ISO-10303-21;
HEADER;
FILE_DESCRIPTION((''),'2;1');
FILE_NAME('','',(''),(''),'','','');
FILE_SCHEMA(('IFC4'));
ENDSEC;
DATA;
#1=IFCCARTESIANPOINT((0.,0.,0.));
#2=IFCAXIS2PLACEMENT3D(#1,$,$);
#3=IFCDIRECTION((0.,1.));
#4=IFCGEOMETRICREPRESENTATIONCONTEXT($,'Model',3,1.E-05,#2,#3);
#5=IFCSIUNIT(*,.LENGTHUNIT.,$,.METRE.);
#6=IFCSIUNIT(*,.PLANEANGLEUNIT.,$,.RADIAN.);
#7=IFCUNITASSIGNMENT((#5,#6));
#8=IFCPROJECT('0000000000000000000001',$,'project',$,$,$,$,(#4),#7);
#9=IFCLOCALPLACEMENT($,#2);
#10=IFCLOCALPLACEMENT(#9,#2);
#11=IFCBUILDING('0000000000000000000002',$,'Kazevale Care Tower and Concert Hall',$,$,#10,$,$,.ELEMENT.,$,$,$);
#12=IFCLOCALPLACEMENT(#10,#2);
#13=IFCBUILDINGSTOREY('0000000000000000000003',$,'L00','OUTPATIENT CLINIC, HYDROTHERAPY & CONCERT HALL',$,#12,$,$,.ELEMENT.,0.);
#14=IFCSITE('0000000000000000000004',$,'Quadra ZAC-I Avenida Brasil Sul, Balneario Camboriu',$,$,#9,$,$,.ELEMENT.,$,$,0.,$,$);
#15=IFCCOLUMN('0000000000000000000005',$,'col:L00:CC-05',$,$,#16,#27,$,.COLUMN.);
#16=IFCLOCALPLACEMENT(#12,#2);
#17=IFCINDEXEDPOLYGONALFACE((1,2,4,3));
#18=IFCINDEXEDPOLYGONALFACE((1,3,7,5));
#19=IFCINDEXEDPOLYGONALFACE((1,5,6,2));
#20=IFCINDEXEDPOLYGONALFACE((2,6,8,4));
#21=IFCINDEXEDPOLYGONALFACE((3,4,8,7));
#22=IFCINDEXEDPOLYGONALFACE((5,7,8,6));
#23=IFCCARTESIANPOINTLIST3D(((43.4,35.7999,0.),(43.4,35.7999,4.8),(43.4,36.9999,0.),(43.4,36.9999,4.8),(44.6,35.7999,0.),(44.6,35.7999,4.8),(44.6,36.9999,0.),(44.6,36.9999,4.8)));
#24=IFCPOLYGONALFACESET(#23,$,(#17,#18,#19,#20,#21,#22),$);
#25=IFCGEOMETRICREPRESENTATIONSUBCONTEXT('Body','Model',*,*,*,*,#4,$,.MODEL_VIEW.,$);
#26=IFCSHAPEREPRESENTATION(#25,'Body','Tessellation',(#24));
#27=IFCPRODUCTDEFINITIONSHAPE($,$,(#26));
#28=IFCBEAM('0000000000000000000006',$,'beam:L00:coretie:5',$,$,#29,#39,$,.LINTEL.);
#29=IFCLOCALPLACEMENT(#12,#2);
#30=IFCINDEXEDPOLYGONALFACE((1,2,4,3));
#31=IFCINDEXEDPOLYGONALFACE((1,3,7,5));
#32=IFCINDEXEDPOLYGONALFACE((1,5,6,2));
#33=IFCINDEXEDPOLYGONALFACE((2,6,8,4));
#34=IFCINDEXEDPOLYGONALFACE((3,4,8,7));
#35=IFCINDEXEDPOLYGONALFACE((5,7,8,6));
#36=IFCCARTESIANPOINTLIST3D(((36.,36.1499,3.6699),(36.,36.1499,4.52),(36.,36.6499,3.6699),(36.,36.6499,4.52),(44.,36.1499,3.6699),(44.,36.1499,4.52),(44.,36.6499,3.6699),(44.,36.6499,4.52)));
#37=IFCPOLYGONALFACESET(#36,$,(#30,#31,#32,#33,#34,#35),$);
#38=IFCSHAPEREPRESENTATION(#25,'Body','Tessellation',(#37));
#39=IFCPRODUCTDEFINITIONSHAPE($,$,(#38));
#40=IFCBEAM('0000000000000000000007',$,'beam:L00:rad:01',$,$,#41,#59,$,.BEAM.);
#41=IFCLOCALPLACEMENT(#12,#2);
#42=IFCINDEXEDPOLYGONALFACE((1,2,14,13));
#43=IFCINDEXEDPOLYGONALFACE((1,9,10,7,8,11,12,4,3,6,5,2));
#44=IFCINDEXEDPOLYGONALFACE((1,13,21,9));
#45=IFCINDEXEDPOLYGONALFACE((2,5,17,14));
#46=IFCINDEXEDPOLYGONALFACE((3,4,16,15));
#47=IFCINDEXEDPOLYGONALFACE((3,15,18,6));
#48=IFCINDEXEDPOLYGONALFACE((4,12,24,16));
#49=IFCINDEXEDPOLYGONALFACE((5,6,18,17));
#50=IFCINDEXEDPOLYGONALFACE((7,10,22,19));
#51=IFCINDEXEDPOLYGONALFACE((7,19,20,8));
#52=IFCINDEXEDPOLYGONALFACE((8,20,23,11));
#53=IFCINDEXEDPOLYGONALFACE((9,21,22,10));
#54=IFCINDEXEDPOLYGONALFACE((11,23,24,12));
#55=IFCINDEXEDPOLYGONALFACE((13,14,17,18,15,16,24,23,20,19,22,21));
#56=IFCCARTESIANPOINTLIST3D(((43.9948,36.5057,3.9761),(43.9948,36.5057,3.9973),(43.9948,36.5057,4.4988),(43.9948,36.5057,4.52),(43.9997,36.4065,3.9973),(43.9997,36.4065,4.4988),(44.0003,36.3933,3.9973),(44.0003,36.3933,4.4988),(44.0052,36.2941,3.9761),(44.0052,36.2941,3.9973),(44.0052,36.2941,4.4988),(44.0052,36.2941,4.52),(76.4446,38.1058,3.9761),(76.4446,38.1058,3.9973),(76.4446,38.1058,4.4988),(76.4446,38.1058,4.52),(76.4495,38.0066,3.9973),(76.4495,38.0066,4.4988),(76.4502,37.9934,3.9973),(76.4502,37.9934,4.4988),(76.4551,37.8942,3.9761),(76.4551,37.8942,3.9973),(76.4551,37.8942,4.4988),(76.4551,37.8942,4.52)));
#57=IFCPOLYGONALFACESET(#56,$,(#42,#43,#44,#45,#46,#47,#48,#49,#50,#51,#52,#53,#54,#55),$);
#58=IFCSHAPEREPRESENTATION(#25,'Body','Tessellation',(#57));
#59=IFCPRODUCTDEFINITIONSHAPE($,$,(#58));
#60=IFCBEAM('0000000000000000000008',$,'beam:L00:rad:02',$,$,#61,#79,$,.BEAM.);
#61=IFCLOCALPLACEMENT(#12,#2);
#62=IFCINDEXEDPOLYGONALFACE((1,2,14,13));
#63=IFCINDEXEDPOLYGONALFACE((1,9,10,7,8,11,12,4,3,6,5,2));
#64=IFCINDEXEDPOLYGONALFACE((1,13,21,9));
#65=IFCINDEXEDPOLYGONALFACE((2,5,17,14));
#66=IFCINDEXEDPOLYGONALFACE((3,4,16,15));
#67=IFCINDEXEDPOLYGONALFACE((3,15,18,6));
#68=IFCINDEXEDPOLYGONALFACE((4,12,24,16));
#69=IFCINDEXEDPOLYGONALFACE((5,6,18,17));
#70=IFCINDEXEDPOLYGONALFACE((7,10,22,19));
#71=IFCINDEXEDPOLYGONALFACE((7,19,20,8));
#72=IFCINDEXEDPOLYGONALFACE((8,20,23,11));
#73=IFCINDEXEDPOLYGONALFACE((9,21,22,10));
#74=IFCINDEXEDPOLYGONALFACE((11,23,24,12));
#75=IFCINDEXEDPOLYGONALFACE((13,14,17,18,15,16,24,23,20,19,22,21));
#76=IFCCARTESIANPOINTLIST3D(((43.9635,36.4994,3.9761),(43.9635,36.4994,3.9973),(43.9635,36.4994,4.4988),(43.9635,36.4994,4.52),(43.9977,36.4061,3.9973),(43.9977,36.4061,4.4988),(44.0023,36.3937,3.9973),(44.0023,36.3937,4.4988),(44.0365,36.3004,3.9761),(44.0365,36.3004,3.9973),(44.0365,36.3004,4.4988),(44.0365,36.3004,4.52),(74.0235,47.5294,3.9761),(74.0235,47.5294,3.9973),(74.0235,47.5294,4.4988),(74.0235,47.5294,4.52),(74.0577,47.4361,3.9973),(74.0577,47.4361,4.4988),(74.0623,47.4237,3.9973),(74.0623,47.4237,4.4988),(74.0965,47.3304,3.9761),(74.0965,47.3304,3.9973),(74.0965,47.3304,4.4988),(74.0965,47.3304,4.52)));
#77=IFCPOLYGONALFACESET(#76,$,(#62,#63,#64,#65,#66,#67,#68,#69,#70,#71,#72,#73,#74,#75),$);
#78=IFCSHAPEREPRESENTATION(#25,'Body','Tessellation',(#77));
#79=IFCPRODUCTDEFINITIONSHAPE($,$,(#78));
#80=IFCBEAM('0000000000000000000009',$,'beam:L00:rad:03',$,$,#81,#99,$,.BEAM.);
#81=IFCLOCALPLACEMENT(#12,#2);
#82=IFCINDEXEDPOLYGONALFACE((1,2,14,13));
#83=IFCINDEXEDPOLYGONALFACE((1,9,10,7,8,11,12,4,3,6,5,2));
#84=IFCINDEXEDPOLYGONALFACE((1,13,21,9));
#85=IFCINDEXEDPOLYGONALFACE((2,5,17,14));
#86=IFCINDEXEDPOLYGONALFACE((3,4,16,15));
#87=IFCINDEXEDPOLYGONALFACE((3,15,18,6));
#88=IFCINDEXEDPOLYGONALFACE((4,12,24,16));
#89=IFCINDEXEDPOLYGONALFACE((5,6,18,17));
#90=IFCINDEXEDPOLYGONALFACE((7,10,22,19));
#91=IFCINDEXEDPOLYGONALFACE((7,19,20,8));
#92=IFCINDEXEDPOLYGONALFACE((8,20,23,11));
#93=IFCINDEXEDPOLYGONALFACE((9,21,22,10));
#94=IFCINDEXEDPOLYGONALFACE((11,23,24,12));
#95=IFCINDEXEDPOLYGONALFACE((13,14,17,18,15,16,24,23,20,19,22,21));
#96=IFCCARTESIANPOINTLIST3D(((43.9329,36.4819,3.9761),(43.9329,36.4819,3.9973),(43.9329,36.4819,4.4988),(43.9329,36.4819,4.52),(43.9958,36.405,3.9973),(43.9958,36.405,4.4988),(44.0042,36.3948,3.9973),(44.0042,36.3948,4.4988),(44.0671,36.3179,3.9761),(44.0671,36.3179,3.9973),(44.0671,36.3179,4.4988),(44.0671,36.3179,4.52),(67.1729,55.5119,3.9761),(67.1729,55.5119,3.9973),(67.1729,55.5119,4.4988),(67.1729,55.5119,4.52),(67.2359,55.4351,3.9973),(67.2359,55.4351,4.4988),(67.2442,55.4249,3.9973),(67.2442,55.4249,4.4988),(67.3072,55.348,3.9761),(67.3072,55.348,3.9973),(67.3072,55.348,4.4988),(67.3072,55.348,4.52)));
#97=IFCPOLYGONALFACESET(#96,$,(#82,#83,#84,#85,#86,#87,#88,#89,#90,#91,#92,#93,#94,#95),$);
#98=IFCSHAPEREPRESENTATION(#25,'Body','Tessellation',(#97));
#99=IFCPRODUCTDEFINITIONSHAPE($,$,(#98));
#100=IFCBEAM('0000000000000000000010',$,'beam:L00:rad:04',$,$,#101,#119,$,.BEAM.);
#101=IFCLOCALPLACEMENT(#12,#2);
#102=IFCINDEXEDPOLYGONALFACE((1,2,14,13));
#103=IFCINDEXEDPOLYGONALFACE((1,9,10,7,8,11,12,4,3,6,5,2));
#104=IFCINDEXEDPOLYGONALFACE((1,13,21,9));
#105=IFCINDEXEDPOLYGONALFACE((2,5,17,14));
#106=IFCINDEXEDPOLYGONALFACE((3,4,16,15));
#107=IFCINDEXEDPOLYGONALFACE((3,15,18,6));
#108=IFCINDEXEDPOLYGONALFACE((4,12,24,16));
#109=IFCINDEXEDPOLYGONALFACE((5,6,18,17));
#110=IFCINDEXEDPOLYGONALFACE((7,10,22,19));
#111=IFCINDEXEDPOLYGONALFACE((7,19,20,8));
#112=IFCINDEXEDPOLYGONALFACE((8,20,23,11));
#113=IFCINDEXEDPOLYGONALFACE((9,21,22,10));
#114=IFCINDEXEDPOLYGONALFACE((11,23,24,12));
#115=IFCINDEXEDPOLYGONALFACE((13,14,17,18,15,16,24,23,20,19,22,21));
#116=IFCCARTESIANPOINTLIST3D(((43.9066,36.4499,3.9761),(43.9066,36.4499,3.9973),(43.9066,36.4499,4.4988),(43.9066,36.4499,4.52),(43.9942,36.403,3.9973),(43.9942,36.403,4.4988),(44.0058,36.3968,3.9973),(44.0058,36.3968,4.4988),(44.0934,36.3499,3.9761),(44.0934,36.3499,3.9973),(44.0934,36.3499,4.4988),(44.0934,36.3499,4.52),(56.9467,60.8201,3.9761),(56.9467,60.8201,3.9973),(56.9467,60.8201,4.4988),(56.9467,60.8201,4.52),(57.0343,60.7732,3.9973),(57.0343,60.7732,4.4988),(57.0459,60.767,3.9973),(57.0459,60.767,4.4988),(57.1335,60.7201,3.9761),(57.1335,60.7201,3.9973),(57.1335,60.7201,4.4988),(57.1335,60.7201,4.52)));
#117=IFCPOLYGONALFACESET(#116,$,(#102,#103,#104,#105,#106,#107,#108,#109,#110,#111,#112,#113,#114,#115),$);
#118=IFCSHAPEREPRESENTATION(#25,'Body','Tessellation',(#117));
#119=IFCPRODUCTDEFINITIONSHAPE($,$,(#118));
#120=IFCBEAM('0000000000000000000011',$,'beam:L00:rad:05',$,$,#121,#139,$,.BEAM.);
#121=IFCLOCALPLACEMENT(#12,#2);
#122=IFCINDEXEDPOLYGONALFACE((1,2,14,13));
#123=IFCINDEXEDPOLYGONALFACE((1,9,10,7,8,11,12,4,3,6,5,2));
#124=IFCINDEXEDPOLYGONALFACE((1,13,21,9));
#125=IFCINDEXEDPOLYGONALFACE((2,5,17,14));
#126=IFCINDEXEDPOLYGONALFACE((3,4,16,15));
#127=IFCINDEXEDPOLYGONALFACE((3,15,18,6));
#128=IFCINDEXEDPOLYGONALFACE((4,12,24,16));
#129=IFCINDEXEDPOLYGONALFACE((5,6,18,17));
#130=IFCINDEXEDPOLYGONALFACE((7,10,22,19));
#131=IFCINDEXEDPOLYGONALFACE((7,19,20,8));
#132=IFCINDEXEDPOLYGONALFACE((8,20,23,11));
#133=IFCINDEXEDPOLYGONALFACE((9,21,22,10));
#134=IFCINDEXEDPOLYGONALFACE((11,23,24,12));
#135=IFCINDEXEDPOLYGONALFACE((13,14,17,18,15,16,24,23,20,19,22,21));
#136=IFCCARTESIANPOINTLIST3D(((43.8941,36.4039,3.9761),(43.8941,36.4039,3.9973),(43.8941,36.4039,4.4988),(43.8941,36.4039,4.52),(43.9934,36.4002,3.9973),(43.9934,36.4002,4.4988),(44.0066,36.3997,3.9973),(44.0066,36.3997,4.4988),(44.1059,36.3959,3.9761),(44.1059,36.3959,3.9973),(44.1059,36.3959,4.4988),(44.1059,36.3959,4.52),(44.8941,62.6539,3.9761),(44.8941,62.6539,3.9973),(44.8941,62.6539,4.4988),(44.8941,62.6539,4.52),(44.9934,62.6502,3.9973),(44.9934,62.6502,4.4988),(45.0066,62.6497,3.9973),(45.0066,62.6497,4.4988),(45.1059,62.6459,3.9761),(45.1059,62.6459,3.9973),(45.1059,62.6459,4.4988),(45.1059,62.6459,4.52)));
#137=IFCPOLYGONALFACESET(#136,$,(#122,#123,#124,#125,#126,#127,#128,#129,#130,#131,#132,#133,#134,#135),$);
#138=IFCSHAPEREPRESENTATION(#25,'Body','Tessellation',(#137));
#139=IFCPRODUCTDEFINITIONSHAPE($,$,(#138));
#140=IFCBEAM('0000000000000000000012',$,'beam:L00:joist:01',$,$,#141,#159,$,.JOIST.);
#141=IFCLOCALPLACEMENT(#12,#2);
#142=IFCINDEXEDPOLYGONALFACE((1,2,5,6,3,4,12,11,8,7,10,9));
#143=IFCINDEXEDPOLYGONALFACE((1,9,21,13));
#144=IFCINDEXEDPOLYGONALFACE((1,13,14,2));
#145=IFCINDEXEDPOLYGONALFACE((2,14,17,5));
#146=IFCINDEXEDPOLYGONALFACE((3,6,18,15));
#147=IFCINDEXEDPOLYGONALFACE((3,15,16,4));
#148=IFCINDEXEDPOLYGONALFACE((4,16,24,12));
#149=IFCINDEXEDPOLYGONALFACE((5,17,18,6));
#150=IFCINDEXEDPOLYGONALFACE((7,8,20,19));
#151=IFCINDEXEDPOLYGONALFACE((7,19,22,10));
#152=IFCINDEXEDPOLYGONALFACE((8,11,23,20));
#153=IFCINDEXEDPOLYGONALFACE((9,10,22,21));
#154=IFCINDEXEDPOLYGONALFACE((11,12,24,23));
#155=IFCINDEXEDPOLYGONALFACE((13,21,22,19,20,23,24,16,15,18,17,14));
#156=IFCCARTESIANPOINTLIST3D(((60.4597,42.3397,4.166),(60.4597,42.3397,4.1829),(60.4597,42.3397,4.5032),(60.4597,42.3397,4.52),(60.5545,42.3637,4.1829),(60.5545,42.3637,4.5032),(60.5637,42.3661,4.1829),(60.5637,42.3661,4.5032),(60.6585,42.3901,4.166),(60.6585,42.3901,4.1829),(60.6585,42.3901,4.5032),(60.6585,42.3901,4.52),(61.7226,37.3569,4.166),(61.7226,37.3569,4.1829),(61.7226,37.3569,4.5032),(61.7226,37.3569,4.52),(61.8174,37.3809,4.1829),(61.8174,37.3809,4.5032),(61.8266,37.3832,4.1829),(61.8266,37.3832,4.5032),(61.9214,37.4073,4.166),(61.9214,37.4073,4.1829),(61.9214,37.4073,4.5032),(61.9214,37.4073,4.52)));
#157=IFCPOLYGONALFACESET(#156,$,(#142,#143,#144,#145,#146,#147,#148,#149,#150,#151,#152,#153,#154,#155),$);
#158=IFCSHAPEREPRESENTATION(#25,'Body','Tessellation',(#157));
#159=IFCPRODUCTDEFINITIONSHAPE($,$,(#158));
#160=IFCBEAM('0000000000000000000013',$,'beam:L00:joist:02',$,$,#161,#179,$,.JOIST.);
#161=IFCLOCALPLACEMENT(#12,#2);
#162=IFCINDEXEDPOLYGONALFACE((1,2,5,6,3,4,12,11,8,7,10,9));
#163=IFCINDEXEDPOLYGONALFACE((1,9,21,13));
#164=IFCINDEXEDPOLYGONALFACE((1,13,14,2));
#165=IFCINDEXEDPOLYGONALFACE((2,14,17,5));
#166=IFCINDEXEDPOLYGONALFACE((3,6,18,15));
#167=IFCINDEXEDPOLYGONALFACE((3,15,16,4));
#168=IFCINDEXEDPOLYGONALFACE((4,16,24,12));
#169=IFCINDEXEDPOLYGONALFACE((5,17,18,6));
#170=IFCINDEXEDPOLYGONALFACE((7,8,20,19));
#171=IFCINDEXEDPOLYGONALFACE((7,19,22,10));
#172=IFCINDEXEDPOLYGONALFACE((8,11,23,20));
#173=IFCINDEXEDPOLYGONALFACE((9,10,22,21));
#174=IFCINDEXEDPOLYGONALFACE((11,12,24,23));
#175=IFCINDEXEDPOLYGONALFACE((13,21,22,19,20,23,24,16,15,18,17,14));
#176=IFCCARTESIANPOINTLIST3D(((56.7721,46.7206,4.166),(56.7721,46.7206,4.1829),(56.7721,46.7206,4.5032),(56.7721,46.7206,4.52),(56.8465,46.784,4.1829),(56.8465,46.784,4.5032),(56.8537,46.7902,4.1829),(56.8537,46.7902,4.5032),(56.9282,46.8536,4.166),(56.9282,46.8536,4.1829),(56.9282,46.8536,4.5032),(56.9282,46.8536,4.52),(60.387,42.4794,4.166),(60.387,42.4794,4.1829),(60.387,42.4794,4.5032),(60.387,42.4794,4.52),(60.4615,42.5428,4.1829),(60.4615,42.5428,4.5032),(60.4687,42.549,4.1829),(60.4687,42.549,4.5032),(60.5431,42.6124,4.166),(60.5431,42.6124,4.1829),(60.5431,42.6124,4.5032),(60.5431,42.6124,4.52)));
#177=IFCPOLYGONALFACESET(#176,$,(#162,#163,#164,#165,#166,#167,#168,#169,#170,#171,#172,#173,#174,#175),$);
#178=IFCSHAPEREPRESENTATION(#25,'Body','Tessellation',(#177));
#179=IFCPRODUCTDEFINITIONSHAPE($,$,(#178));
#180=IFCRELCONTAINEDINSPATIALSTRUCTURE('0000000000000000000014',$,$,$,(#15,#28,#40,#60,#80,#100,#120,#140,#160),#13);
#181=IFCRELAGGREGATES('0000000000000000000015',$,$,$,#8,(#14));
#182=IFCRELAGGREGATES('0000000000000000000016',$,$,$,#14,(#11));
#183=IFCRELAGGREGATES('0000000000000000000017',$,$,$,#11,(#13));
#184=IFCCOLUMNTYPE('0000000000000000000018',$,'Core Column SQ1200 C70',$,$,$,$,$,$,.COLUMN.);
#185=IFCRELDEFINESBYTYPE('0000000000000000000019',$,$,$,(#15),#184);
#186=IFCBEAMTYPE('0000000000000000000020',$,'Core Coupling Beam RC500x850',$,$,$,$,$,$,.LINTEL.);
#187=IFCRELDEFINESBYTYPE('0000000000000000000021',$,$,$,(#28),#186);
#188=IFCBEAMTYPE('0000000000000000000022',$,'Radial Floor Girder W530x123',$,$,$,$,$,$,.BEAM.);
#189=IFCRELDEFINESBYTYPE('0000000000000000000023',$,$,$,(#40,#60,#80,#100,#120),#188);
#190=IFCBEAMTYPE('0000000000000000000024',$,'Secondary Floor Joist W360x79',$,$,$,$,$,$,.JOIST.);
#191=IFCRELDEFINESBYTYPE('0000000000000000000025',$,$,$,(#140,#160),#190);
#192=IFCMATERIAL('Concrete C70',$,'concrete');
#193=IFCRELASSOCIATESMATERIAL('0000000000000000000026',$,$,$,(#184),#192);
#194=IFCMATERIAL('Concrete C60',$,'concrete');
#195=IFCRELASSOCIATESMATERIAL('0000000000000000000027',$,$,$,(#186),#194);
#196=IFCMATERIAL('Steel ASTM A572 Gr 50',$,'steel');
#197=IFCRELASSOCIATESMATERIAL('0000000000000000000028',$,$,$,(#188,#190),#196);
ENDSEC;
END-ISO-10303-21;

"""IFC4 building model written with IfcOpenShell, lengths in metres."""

from ifc_helpers import new_model, si_unit, direction, frame, origin, origin_2d, place, context, subcontext, project, spatial, rectangle, i_section, extrude, material, material_profile, profile_set, type_object, element, save


model = new_model("IFC4")

# Units and contexts
model_context = context("Model", 3, precision=1e-05, world=origin(), true_north=direction((0.0, 1.0)))
body_context = subcontext(model_context, "Body", "Model", "MODEL_VIEW")
ifc_project = project(units=[si_unit("LENGTHUNIT", "METRE"), si_unit("PLANEANGLEUNIT", "RADIAN")], contexts=[model_context])

# Site, building, storey
site_placement = place(None, origin())
site = spatial("IfcSite", under=ifc_project, at=site_placement, Name="Quadra ZAC-I Avenida Brasil Sul, Balneario Camboriu", CompositionType="ELEMENT", RefElevation=0.0)
building_placement = place(site_placement, origin())
building = spatial("IfcBuilding", under=site, at=building_placement, Name="Kazevale Care Tower and Concert Hall", CompositionType="ELEMENT")
storey_placement = place(building_placement, origin())
storey = spatial("IfcBuildingStorey", under=building, at=storey_placement, Name="L00", Description="OUTPATIENT CLINIC, HYDROTHERAPY & CONCERT HALL", CompositionType="ELEMENT", Elevation=0.0)

# Column
ifc_material_1 = material(Name="Concrete C70", Category="concrete")
ifc_material_profile_1 = material_profile(ifc_material_1, rectangle(XDim=1.2, YDim=1.2, at=origin_2d()), Name="RC-SQ1200")
ifc_profile_set_1 = profile_set([ifc_material_profile_1], Name="Concrete C70")
column_type = type_object("IfcColumnType", Name="Core Column SQ1200 C70", PredefinedType="COLUMN", material=ifc_profile_set_1)
column_placement = place(storey_placement, frame((44.0, 36.3999, 0.0), z_axis=(0.0, 0.0, 1.0), x_axis=(1.0, 0.0, 0.0)))
element("IfcColumn", 1, at=column_placement, inside=storey, type_object=column_type, Name="col:L00:CC-05", PredefinedType="COLUMN", context=body_context, shape_type="SweptSolid", body=[
    extrude(rectangle(XDim=1.2, YDim=1.2, at=origin_2d()), origin(), (0.0, 0.0, 1.0), 4.8),
])

# Beams
ifc_material_2 = material(Name="Concrete C60", Category="concrete")
ifc_material_profile_2 = material_profile(ifc_material_2, rectangle(XDim=0.5, YDim=0.8501, at=origin_2d()), Name="RC-B500x850")
ifc_profile_set_2 = profile_set([ifc_material_profile_2], Name="Concrete C60")
beam_type_1 = type_object("IfcBeamType", Name="Core Coupling Beam RC500x850", PredefinedType="LINTEL", material=ifc_profile_set_2)
beam_1_placement = place(storey_placement, frame((44.0, 36.3999, 4.095), z_axis=(-1.0, 0.0, 0.0), x_axis=(0.0, -1.0, 0.0)))
element("IfcBeam", 2, at=beam_1_placement, inside=storey, type_object=beam_type_1, Name="beam:L00:coretie:5", PredefinedType="LINTEL", context=body_context, shape_type="SweptSolid", body=[
    extrude(rectangle(XDim=0.5, YDim=0.8501, at=origin_2d()), origin(), (0.0, 0.0, 1.0), 8.0),
])
ifc_material_3 = material(Name="Steel ASTM A572 Gr 50", Category="steel")
ifc_material_profile_3 = material_profile(ifc_material_3, i_section(OverallWidth=0.2119, OverallDepth=0.5439, WebThickness=0.0132, FlangeThickness=0.0212, at=origin_2d()), Name="W530x123")
ifc_profile_set_3 = profile_set([ifc_material_profile_3], Name="Steel ASTM A572 Gr 50")
beam_type_2 = type_object("IfcBeamType", Name="Radial Floor Girder W530x123", PredefinedType="BEAM", material=ifc_profile_set_3)
beam_2_placement = place(storey_placement, frame((44.0, 36.3999, 4.248), z_axis=(0.998786, 0.04925, 0.0), x_axis=(-0.04925, 0.998786, 0.0)))
element("IfcBeam", 3, at=beam_2_placement, inside=storey, type_object=beam_type_2, Name="beam:L00:rad:01", PredefinedType="BEAM", context=body_context, shape_type="SweptSolid", body=[
    extrude(i_section(OverallWidth=0.2119, OverallDepth=0.5439, WebThickness=0.0132, FlangeThickness=0.0212, at=origin_2d()), origin(), (0.0, 0.0, 1.0), 32.4893),
])
beam_3_placement = place(storey_placement, frame((44.0, 36.3999, 4.248), z_axis=(0.938795, 0.344475, 0.0), x_axis=(-0.344475, 0.938795, 0.0)))
element("IfcBeam", 4, at=beam_3_placement, inside=storey, type_object=beam_type_2, Name="beam:L00:rad:02", PredefinedType="BEAM", context=body_context, shape_type="SweptSolid", body=[
    extrude(i_section(OverallWidth=0.2119, OverallDepth=0.5439, WebThickness=0.0132, FlangeThickness=0.0212, at=origin_2d()), origin(), (0.0, 0.0, 1.0), 32.0198),
])
beam_4_placement = place(storey_placement, frame((44.0, 36.3999, 4.248), z_axis=(0.773704, 0.633547, 0.0), x_axis=(-0.633547, 0.773704, 0.0)))
element("IfcBeam", 5, at=beam_4_placement, inside=storey, type_object=beam_type_2, Name="beam:L00:rad:03", PredefinedType="BEAM", context=body_context, shape_type="SweptSolid", body=[
    extrude(i_section(OverallWidth=0.2119, OverallDepth=0.5439, WebThickness=0.0132, FlangeThickness=0.0212, at=origin_2d()), origin(), (0.0, 0.0, 1.0), 30.0374),
])
beam_5_placement = place(storey_placement, frame((44.0, 36.3999, 4.248), z_axis=(0.471789, 0.881712, 0.0), x_axis=(-0.881712, 0.471789, 0.0)))
element("IfcBeam", 6, at=beam_5_placement, inside=storey, type_object=beam_type_2, Name="beam:L00:rad:04", PredefinedType="BEAM", context=body_context, shape_type="SweptSolid", body=[
    extrude(i_section(OverallWidth=0.2119, OverallDepth=0.5439, WebThickness=0.0132, FlangeThickness=0.0212, at=origin_2d()), origin(), (0.0, 0.0, 1.0), 27.6396),
])
beam_6_placement = place(storey_placement, frame((44.0, 36.3999, 4.248), z_axis=(0.038068, 0.999275, 0.0), x_axis=(-0.999275, 0.038068, 0.0)))
element("IfcBeam", 7, at=beam_6_placement, inside=storey, type_object=beam_type_2, Name="beam:L00:rad:05", PredefinedType="BEAM", context=body_context, shape_type="SweptSolid", body=[
    extrude(i_section(OverallWidth=0.2119, OverallDepth=0.5439, WebThickness=0.0132, FlangeThickness=0.0212, at=origin_2d()), origin(), (0.0, 0.0, 1.0), 26.269),
])
ifc_material_profile_4 = material_profile(ifc_material_3, i_section(OverallWidth=0.2051, OverallDepth=0.354, WebThickness=0.0095, FlangeThickness=0.0168, at=origin_2d()), Name="W360x79")
ifc_profile_set_4 = profile_set([ifc_material_profile_4], Name="Steel ASTM A572 Gr 50")
beam_type_3 = type_object("IfcBeamType", Name="Secondary Floor Joist W360x79", PredefinedType="JOIST", material=ifc_profile_set_4)
beam_7_placement = place(storey_placement, frame((61.822, 37.3821, 4.343), z_axis=(-0.245686, 0.96935, 0.0), x_axis=(-0.96935, -0.245686, 0.0)))
element("IfcBeam", 8, at=beam_7_placement, inside=storey, type_object=beam_type_3, Name="beam:L00:joist:01", PredefinedType="JOIST", context=body_context, shape_type="SweptSolid", body=[
    extrude(i_section(OverallWidth=0.2051, OverallDepth=0.354, WebThickness=0.0095, FlangeThickness=0.0168, at=origin_2d()), origin(), (0.0, 0.0, 1.0), 5.1404),
])
beam_8_placement = place(storey_placement, frame((60.4651, 42.5459, 4.343), z_axis=(-0.648686, 0.761057, 0.0), x_axis=(-0.761057, -0.648686, 0.0)))
element("IfcBeam", 9, at=beam_8_placement, inside=storey, type_object=beam_type_3, Name="beam:L00:joist:02", PredefinedType="JOIST", context=body_context, shape_type="SweptSolid", body=[
    extrude(i_section(OverallWidth=0.2051, OverallDepth=0.354, WebThickness=0.0095, FlangeThickness=0.0168, at=origin_2d()), origin(), (0.0, 0.0, 1.0), 5.5728),
])

save(model, "model.ifc")
